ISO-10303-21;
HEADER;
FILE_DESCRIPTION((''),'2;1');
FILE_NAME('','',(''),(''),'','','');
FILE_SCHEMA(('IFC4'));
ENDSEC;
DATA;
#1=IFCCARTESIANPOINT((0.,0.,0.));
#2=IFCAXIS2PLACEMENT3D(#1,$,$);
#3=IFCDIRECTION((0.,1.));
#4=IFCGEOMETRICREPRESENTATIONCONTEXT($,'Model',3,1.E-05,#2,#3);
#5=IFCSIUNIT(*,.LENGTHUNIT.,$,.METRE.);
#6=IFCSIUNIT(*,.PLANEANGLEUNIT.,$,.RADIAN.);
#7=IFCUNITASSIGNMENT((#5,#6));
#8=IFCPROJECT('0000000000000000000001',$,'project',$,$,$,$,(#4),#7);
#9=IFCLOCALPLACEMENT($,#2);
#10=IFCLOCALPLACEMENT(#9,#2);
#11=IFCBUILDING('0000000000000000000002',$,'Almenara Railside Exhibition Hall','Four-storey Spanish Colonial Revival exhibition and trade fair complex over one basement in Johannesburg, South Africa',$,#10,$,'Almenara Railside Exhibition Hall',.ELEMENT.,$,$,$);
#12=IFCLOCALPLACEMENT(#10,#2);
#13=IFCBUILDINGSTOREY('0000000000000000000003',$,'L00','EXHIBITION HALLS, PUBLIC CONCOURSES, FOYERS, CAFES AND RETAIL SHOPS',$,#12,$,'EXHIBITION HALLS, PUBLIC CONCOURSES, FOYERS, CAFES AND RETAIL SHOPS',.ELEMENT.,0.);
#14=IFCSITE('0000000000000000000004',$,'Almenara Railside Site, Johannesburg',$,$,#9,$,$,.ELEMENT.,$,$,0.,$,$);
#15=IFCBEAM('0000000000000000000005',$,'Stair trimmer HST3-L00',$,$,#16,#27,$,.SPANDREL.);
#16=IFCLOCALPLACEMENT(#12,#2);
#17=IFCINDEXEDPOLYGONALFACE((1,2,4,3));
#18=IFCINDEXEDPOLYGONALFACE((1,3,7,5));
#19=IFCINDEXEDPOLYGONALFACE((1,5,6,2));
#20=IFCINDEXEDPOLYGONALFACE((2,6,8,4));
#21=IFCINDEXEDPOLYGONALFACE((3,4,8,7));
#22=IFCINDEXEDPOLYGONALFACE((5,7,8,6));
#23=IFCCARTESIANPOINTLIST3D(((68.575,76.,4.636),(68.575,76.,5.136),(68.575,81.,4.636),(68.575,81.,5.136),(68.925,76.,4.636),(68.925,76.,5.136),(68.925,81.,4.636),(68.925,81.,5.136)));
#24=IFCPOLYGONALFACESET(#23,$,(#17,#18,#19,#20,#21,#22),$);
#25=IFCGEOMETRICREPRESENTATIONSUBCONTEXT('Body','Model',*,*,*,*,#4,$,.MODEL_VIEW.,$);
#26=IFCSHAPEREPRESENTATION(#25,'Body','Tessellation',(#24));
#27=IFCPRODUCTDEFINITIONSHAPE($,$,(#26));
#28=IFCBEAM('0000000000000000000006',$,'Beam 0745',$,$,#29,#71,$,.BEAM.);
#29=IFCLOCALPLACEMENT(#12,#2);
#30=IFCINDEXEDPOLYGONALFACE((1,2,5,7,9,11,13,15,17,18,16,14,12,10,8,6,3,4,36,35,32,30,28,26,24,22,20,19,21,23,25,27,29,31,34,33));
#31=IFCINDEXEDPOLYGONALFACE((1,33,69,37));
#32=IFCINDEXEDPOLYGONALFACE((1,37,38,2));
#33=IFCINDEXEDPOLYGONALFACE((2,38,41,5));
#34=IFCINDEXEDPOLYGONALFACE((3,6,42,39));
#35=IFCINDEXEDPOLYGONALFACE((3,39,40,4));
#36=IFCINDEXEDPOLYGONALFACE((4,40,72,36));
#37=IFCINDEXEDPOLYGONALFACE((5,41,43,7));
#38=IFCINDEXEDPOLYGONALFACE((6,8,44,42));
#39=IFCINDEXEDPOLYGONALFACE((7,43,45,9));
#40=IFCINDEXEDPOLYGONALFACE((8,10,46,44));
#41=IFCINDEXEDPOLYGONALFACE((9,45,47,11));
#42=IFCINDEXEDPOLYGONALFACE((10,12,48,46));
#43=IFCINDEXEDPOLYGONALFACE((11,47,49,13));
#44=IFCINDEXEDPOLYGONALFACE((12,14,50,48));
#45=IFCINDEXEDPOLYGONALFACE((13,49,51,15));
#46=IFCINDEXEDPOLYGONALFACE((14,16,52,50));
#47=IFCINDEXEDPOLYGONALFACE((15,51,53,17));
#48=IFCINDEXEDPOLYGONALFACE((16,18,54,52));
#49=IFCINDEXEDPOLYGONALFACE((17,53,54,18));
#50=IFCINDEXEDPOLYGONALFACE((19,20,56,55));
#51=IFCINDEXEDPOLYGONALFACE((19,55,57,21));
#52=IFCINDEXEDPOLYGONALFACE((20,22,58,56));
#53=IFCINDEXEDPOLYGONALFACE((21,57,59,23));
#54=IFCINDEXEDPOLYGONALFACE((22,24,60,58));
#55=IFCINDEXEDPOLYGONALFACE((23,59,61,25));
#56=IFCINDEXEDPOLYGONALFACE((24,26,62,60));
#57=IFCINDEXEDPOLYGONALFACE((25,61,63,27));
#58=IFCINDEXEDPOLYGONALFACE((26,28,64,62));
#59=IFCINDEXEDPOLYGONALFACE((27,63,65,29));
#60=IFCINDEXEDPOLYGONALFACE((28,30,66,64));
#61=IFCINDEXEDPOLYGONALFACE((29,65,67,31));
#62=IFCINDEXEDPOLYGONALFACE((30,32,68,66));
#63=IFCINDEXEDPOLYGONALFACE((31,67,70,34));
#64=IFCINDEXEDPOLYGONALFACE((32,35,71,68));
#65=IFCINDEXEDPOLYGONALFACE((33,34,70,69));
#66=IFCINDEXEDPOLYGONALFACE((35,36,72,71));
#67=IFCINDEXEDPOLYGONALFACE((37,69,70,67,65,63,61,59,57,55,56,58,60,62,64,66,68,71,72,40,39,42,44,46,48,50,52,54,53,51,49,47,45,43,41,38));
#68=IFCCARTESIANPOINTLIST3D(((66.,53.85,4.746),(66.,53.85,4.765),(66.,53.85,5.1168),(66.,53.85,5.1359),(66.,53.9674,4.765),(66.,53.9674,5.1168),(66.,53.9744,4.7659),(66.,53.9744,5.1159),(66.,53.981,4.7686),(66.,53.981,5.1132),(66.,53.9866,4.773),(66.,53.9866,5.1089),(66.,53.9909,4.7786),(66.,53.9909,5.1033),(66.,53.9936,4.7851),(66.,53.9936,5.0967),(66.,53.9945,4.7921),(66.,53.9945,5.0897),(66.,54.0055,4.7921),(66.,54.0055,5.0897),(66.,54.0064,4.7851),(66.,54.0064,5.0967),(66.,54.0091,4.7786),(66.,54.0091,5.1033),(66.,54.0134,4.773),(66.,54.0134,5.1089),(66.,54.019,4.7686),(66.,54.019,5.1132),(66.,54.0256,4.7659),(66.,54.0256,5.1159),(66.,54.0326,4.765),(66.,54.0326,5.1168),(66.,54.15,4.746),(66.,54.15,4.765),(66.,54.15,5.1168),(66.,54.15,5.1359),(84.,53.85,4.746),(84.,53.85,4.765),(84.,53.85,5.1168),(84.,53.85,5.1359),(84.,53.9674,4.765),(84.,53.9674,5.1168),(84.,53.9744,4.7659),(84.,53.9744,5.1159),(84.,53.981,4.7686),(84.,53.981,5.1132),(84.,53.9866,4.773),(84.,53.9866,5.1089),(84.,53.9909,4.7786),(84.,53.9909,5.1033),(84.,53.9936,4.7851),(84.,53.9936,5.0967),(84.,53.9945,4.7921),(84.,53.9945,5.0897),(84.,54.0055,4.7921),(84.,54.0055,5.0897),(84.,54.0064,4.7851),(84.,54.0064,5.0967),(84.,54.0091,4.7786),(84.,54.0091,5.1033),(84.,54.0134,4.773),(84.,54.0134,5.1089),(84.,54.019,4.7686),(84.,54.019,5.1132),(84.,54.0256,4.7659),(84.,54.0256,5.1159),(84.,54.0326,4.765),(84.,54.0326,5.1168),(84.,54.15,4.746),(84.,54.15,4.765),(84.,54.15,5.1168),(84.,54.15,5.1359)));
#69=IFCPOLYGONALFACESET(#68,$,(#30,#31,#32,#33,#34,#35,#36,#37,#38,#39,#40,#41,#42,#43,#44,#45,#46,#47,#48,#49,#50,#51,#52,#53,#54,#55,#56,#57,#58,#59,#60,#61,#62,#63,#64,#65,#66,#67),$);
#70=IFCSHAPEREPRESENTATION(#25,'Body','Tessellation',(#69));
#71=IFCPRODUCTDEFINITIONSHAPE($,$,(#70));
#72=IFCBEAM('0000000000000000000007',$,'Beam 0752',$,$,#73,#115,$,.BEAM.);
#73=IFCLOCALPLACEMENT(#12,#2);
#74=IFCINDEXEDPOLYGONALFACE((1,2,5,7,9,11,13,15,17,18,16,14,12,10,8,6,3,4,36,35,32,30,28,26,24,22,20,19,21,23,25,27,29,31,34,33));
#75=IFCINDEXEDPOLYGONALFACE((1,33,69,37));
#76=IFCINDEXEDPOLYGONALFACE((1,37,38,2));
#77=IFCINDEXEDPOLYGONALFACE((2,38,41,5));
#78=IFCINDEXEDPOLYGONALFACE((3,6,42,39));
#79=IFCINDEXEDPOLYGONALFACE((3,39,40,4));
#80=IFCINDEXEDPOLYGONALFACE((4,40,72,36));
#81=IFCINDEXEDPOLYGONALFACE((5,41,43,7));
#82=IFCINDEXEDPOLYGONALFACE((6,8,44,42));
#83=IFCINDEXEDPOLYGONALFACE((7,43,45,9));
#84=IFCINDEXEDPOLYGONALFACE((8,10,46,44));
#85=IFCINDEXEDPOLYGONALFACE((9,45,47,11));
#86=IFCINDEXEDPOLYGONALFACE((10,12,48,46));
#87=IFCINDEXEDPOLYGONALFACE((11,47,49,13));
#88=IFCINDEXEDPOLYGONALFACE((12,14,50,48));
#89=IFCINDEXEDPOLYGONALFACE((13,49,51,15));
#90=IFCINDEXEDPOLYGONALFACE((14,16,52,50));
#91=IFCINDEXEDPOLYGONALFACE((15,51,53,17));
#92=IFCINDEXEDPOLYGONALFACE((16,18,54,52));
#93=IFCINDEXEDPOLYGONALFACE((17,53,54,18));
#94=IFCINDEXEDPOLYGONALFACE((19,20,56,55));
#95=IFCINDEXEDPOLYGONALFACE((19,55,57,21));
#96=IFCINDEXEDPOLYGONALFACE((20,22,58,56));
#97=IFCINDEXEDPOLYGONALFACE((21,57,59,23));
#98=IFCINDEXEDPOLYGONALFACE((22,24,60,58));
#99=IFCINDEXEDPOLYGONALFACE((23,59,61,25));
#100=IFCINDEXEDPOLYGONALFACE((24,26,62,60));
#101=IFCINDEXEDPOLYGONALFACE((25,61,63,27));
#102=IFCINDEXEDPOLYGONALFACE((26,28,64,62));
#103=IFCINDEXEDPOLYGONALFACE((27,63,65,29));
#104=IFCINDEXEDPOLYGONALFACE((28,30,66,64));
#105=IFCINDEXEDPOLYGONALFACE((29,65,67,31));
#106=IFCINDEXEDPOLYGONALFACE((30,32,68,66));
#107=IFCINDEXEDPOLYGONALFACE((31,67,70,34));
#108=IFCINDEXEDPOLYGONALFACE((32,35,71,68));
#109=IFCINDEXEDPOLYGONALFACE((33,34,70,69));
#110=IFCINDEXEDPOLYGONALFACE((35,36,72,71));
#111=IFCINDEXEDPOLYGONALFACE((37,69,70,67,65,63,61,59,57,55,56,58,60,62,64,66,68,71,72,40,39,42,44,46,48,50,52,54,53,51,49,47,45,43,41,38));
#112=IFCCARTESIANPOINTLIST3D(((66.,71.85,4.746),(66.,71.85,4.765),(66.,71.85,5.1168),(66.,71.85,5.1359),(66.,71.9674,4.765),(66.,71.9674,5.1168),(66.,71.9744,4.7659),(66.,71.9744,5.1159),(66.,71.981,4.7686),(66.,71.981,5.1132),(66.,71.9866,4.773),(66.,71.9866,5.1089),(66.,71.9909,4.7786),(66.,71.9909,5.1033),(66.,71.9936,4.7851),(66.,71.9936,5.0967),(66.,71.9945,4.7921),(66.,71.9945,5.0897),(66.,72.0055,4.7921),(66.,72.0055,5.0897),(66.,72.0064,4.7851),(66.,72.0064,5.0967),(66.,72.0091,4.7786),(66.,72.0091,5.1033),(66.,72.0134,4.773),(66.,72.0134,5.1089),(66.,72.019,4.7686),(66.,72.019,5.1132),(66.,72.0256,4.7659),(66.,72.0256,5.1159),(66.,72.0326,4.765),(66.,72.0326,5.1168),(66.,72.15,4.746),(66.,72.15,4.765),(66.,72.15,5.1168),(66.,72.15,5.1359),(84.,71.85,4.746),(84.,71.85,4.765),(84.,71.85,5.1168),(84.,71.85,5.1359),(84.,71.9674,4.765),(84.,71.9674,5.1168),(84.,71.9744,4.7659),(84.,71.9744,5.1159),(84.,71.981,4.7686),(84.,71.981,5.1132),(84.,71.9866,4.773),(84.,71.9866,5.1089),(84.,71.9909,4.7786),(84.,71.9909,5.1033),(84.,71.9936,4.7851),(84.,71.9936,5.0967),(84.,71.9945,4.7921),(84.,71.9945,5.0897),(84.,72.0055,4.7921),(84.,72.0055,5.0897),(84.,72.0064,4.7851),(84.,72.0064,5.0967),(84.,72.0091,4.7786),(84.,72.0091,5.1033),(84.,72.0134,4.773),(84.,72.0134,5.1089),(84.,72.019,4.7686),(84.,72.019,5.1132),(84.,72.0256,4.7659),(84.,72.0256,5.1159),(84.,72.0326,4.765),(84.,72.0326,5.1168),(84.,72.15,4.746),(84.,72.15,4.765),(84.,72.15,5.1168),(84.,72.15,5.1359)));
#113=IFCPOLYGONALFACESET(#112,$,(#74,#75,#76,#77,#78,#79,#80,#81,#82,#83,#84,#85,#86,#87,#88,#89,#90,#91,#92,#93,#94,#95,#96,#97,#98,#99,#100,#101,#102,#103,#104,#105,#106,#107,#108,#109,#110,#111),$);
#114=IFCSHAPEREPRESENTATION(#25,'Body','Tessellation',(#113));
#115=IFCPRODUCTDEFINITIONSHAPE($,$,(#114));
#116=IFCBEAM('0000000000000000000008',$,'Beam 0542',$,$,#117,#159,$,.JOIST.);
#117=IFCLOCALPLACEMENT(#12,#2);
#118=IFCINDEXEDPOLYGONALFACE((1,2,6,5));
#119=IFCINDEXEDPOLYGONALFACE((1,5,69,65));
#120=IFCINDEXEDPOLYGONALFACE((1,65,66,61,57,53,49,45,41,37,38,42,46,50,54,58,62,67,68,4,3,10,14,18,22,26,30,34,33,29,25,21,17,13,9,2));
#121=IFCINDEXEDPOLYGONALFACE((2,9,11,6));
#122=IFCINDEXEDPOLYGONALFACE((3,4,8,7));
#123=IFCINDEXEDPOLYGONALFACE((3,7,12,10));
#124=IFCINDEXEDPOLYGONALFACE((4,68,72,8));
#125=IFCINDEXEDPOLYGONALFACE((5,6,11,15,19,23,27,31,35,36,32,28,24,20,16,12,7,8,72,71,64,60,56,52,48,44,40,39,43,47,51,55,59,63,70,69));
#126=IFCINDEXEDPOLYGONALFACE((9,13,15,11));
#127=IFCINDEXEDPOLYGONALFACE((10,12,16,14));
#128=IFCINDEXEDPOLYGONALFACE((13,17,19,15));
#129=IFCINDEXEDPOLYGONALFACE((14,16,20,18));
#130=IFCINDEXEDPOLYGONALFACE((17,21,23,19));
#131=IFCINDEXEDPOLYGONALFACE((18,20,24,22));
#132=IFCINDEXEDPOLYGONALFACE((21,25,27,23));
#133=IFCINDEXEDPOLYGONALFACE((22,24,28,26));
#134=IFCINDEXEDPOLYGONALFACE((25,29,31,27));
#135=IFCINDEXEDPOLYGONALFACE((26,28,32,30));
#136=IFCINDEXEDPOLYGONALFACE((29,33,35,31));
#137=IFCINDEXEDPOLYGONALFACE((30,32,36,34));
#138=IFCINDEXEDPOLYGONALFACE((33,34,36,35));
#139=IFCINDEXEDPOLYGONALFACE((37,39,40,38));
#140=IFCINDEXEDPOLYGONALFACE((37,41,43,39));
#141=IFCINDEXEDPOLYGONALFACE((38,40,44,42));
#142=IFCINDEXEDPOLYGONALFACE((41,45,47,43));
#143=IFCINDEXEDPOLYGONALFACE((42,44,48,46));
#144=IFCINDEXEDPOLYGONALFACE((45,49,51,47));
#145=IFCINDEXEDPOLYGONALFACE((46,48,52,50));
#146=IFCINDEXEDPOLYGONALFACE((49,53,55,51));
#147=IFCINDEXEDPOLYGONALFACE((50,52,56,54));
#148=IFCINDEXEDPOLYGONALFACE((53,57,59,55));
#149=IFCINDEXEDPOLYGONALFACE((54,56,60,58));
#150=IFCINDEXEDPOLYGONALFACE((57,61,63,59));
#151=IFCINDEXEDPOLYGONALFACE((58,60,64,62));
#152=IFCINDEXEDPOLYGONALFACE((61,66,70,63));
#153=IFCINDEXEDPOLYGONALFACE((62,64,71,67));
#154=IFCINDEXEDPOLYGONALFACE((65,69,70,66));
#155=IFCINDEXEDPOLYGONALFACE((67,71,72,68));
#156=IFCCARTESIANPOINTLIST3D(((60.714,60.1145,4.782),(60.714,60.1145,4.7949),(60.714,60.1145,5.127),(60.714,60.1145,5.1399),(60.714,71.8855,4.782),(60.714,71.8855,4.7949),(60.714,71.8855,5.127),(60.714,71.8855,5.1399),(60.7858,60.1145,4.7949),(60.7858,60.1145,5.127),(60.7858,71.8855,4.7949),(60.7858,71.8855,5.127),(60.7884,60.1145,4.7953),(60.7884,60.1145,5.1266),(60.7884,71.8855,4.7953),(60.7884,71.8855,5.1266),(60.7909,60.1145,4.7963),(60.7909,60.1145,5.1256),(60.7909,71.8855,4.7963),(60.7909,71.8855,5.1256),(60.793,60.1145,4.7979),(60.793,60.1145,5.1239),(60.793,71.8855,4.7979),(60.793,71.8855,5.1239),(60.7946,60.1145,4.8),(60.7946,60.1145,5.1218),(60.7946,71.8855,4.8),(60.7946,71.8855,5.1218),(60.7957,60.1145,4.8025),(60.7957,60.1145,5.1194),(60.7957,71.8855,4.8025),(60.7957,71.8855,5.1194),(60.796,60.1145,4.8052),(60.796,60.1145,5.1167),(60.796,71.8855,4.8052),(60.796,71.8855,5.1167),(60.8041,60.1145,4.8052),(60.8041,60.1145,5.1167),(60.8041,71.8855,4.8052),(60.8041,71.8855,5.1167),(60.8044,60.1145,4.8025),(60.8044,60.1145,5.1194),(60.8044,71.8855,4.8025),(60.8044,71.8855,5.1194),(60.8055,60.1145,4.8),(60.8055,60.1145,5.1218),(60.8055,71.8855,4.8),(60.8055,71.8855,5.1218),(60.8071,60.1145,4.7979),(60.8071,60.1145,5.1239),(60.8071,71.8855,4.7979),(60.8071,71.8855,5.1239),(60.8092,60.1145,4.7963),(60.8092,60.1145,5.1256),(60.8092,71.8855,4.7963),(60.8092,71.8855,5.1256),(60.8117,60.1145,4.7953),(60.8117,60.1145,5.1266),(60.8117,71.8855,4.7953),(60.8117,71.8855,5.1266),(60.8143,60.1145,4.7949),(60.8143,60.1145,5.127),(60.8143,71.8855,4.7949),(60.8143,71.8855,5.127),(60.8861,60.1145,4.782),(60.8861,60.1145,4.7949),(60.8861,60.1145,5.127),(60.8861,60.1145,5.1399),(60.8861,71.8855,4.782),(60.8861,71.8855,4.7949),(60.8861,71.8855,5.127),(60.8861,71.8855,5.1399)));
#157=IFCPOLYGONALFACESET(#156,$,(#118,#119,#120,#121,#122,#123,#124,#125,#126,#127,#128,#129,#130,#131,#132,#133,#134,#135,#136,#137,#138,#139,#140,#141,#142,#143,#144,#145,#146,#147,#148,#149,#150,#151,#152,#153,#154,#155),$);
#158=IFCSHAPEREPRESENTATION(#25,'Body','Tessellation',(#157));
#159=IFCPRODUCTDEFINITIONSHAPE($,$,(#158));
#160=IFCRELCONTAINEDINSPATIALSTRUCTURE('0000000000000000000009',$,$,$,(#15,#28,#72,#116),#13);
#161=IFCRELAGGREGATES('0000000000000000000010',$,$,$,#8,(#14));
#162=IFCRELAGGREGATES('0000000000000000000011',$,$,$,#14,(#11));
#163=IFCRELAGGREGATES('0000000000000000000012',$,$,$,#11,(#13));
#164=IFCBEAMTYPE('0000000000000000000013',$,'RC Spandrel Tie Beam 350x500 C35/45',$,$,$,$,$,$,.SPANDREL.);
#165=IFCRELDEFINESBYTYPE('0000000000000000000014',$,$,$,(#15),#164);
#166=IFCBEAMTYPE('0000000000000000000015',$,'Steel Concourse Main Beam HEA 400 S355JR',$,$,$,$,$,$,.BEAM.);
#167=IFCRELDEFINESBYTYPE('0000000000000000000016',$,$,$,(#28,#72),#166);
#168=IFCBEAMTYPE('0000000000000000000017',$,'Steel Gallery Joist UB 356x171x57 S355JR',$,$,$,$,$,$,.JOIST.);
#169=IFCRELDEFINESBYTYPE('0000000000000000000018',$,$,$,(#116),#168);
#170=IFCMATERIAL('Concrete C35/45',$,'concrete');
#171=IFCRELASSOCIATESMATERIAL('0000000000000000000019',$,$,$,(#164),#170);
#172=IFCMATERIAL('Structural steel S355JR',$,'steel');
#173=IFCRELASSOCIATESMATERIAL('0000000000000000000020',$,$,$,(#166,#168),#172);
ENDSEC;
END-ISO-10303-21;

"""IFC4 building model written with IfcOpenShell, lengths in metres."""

from ifc_helpers import new_model, si_unit, direction, frame, origin, origin_2d, place, context, subcontext, project, spatial, rectangle, i_section, extrude, material, material_profile, profile_set, type_object, element, save


model = new_model("IFC4")

# Units and contexts
model_context = context("Model", 3, precision=1e-05, world=origin(), true_north=direction((0.0, 1.0)))
body_context = subcontext(model_context, "Body", "Model", "MODEL_VIEW")
ifc_project = project(units=[si_unit("LENGTHUNIT", "METRE"), si_unit("PLANEANGLEUNIT", "RADIAN")], contexts=[model_context])

# Site, building, storey
site_placement = place(None, origin())
site = spatial("IfcSite", under=ifc_project, at=site_placement, Name="Almenara Railside Site, Johannesburg", CompositionType="ELEMENT", RefElevation=0.0)
building_placement = place(site_placement, origin())
building = spatial("IfcBuilding", under=site, at=building_placement, Name="Almenara Railside Exhibition Hall", Description="Four-storey Spanish Colonial Revival exhibition and trade fair complex over one basement in Johannesburg, South Africa", LongName="Almenara Railside Exhibition Hall", CompositionType="ELEMENT")
storey_placement = place(building_placement, origin())
storey = spatial("IfcBuildingStorey", under=building, at=storey_placement, Name="L00", Description="EXHIBITION HALLS, PUBLIC CONCOURSES, FOYERS, CAFES AND RETAIL SHOPS", LongName="EXHIBITION HALLS, PUBLIC CONCOURSES, FOYERS, CAFES AND RETAIL SHOPS", CompositionType="ELEMENT", Elevation=0.0)

# Shared definitions
ifc_material_1 = material(Name="Concrete C35/45", Category="concrete")

# Beams
ifc_material_profile_1 = material_profile(ifc_material_1, rectangle(XDim=0.3501, YDim=0.5, at=origin_2d()), Name="RC 350x500")
ifc_profile_set_1 = profile_set([ifc_material_profile_1], Name="Concrete C35/45")
beam_type_1 = type_object("IfcBeamType", Name="RC Spandrel Tie Beam 350x500 C35/45", PredefinedType="SPANDREL", material=ifc_profile_set_1)
beam_1_placement = place(storey_placement, frame((68.75, 76.0, 4.886), z_axis=(0.0, 1.0, 0.0), x_axis=(-1.0, 0.0, 0.0)))
element("IfcBeam", 1, at=beam_1_placement, inside=storey, type_object=beam_type_1, Name="Stair trimmer HST3-L00", PredefinedType="SPANDREL", context=body_context, shape_type="SweptSolid", body=[
    extrude(rectangle(XDim=0.3501, YDim=0.5, at=origin_2d()), origin(), (0.0, 0.0, 1.0), 5.0),
])
ifc_material_2 = material(Name="Structural steel S355JR", Category="steel")
ifc_material_profile_2 = material_profile(ifc_material_2, i_section(OverallWidth=0.3, OverallDepth=0.3899, WebThickness=0.011, FlangeThickness=0.019, FilletRadius=0.0271, at=origin_2d()), Name="HEA 400")
ifc_profile_set_2 = profile_set([ifc_material_profile_2], Name="Structural steel S355JR")
beam_type_2 = type_object("IfcBeamType", Name="Steel Concourse Main Beam HEA 400 S355JR", PredefinedType="BEAM", material=ifc_profile_set_2)
for number, where, z_axis, x_axis, name in (
    (2, (66.0, 54.0, 4.9409), (1.0, 0.0, 0.0), (0.0, 1.0, 0.0), "Beam 0745"),
    (3, (66.0, 72.0, 4.9409), (1.0, 0.0, 0.0), (0.0, 1.0, 0.0), "Beam 0752"),
):
    element("IfcBeam", number, at=place(storey_placement, frame(where, z_axis=z_axis, x_axis=x_axis)), inside=storey, type_object=beam_type_2, Name=name, PredefinedType="BEAM", context=body_context, shape_type="SweptSolid", body=[
        extrude(i_section(OverallWidth=0.3, OverallDepth=0.3899, WebThickness=0.011, FlangeThickness=0.019, FilletRadius=0.0271, at=origin_2d()), origin(), (0.0, 0.0, 1.0), 18.0),
    ])
ifc_material_profile_3 = material_profile(ifc_material_2, i_section(OverallWidth=0.1721, OverallDepth=0.3579, WebThickness=0.0081, FlangeThickness=0.0129, FilletRadius=0.0103, at=origin_2d()), Name="UB 356x171x57")
ifc_profile_set_3 = profile_set([ifc_material_profile_3], Name="Structural steel S355JR")
beam_type_3 = type_object("IfcBeamType", Name="Steel Gallery Joist UB 356x171x57 S355JR", PredefinedType="JOIST", material=ifc_profile_set_3)
for number, where, z_axis, x_axis, name in (
    (4, (60.8, 60.1145, 4.9609), (0.0, 1.0, 0.0), (-1.0, 0.0, 0.0), "Beam 0542"),
):
    element("IfcBeam", number, at=place(storey_placement, frame(where, z_axis=z_axis, x_axis=x_axis)), inside=storey, type_object=beam_type_3, Name=name, PredefinedType="JOIST", context=body_context, shape_type="SweptSolid", body=[
        extrude(i_section(OverallWidth=0.1721, OverallDepth=0.3579, WebThickness=0.0081, FlangeThickness=0.0129, FilletRadius=0.0103, at=origin_2d()), origin(), (0.0, 0.0, 1.0), 11.771),
    ])

save(model, "model.ifc")
